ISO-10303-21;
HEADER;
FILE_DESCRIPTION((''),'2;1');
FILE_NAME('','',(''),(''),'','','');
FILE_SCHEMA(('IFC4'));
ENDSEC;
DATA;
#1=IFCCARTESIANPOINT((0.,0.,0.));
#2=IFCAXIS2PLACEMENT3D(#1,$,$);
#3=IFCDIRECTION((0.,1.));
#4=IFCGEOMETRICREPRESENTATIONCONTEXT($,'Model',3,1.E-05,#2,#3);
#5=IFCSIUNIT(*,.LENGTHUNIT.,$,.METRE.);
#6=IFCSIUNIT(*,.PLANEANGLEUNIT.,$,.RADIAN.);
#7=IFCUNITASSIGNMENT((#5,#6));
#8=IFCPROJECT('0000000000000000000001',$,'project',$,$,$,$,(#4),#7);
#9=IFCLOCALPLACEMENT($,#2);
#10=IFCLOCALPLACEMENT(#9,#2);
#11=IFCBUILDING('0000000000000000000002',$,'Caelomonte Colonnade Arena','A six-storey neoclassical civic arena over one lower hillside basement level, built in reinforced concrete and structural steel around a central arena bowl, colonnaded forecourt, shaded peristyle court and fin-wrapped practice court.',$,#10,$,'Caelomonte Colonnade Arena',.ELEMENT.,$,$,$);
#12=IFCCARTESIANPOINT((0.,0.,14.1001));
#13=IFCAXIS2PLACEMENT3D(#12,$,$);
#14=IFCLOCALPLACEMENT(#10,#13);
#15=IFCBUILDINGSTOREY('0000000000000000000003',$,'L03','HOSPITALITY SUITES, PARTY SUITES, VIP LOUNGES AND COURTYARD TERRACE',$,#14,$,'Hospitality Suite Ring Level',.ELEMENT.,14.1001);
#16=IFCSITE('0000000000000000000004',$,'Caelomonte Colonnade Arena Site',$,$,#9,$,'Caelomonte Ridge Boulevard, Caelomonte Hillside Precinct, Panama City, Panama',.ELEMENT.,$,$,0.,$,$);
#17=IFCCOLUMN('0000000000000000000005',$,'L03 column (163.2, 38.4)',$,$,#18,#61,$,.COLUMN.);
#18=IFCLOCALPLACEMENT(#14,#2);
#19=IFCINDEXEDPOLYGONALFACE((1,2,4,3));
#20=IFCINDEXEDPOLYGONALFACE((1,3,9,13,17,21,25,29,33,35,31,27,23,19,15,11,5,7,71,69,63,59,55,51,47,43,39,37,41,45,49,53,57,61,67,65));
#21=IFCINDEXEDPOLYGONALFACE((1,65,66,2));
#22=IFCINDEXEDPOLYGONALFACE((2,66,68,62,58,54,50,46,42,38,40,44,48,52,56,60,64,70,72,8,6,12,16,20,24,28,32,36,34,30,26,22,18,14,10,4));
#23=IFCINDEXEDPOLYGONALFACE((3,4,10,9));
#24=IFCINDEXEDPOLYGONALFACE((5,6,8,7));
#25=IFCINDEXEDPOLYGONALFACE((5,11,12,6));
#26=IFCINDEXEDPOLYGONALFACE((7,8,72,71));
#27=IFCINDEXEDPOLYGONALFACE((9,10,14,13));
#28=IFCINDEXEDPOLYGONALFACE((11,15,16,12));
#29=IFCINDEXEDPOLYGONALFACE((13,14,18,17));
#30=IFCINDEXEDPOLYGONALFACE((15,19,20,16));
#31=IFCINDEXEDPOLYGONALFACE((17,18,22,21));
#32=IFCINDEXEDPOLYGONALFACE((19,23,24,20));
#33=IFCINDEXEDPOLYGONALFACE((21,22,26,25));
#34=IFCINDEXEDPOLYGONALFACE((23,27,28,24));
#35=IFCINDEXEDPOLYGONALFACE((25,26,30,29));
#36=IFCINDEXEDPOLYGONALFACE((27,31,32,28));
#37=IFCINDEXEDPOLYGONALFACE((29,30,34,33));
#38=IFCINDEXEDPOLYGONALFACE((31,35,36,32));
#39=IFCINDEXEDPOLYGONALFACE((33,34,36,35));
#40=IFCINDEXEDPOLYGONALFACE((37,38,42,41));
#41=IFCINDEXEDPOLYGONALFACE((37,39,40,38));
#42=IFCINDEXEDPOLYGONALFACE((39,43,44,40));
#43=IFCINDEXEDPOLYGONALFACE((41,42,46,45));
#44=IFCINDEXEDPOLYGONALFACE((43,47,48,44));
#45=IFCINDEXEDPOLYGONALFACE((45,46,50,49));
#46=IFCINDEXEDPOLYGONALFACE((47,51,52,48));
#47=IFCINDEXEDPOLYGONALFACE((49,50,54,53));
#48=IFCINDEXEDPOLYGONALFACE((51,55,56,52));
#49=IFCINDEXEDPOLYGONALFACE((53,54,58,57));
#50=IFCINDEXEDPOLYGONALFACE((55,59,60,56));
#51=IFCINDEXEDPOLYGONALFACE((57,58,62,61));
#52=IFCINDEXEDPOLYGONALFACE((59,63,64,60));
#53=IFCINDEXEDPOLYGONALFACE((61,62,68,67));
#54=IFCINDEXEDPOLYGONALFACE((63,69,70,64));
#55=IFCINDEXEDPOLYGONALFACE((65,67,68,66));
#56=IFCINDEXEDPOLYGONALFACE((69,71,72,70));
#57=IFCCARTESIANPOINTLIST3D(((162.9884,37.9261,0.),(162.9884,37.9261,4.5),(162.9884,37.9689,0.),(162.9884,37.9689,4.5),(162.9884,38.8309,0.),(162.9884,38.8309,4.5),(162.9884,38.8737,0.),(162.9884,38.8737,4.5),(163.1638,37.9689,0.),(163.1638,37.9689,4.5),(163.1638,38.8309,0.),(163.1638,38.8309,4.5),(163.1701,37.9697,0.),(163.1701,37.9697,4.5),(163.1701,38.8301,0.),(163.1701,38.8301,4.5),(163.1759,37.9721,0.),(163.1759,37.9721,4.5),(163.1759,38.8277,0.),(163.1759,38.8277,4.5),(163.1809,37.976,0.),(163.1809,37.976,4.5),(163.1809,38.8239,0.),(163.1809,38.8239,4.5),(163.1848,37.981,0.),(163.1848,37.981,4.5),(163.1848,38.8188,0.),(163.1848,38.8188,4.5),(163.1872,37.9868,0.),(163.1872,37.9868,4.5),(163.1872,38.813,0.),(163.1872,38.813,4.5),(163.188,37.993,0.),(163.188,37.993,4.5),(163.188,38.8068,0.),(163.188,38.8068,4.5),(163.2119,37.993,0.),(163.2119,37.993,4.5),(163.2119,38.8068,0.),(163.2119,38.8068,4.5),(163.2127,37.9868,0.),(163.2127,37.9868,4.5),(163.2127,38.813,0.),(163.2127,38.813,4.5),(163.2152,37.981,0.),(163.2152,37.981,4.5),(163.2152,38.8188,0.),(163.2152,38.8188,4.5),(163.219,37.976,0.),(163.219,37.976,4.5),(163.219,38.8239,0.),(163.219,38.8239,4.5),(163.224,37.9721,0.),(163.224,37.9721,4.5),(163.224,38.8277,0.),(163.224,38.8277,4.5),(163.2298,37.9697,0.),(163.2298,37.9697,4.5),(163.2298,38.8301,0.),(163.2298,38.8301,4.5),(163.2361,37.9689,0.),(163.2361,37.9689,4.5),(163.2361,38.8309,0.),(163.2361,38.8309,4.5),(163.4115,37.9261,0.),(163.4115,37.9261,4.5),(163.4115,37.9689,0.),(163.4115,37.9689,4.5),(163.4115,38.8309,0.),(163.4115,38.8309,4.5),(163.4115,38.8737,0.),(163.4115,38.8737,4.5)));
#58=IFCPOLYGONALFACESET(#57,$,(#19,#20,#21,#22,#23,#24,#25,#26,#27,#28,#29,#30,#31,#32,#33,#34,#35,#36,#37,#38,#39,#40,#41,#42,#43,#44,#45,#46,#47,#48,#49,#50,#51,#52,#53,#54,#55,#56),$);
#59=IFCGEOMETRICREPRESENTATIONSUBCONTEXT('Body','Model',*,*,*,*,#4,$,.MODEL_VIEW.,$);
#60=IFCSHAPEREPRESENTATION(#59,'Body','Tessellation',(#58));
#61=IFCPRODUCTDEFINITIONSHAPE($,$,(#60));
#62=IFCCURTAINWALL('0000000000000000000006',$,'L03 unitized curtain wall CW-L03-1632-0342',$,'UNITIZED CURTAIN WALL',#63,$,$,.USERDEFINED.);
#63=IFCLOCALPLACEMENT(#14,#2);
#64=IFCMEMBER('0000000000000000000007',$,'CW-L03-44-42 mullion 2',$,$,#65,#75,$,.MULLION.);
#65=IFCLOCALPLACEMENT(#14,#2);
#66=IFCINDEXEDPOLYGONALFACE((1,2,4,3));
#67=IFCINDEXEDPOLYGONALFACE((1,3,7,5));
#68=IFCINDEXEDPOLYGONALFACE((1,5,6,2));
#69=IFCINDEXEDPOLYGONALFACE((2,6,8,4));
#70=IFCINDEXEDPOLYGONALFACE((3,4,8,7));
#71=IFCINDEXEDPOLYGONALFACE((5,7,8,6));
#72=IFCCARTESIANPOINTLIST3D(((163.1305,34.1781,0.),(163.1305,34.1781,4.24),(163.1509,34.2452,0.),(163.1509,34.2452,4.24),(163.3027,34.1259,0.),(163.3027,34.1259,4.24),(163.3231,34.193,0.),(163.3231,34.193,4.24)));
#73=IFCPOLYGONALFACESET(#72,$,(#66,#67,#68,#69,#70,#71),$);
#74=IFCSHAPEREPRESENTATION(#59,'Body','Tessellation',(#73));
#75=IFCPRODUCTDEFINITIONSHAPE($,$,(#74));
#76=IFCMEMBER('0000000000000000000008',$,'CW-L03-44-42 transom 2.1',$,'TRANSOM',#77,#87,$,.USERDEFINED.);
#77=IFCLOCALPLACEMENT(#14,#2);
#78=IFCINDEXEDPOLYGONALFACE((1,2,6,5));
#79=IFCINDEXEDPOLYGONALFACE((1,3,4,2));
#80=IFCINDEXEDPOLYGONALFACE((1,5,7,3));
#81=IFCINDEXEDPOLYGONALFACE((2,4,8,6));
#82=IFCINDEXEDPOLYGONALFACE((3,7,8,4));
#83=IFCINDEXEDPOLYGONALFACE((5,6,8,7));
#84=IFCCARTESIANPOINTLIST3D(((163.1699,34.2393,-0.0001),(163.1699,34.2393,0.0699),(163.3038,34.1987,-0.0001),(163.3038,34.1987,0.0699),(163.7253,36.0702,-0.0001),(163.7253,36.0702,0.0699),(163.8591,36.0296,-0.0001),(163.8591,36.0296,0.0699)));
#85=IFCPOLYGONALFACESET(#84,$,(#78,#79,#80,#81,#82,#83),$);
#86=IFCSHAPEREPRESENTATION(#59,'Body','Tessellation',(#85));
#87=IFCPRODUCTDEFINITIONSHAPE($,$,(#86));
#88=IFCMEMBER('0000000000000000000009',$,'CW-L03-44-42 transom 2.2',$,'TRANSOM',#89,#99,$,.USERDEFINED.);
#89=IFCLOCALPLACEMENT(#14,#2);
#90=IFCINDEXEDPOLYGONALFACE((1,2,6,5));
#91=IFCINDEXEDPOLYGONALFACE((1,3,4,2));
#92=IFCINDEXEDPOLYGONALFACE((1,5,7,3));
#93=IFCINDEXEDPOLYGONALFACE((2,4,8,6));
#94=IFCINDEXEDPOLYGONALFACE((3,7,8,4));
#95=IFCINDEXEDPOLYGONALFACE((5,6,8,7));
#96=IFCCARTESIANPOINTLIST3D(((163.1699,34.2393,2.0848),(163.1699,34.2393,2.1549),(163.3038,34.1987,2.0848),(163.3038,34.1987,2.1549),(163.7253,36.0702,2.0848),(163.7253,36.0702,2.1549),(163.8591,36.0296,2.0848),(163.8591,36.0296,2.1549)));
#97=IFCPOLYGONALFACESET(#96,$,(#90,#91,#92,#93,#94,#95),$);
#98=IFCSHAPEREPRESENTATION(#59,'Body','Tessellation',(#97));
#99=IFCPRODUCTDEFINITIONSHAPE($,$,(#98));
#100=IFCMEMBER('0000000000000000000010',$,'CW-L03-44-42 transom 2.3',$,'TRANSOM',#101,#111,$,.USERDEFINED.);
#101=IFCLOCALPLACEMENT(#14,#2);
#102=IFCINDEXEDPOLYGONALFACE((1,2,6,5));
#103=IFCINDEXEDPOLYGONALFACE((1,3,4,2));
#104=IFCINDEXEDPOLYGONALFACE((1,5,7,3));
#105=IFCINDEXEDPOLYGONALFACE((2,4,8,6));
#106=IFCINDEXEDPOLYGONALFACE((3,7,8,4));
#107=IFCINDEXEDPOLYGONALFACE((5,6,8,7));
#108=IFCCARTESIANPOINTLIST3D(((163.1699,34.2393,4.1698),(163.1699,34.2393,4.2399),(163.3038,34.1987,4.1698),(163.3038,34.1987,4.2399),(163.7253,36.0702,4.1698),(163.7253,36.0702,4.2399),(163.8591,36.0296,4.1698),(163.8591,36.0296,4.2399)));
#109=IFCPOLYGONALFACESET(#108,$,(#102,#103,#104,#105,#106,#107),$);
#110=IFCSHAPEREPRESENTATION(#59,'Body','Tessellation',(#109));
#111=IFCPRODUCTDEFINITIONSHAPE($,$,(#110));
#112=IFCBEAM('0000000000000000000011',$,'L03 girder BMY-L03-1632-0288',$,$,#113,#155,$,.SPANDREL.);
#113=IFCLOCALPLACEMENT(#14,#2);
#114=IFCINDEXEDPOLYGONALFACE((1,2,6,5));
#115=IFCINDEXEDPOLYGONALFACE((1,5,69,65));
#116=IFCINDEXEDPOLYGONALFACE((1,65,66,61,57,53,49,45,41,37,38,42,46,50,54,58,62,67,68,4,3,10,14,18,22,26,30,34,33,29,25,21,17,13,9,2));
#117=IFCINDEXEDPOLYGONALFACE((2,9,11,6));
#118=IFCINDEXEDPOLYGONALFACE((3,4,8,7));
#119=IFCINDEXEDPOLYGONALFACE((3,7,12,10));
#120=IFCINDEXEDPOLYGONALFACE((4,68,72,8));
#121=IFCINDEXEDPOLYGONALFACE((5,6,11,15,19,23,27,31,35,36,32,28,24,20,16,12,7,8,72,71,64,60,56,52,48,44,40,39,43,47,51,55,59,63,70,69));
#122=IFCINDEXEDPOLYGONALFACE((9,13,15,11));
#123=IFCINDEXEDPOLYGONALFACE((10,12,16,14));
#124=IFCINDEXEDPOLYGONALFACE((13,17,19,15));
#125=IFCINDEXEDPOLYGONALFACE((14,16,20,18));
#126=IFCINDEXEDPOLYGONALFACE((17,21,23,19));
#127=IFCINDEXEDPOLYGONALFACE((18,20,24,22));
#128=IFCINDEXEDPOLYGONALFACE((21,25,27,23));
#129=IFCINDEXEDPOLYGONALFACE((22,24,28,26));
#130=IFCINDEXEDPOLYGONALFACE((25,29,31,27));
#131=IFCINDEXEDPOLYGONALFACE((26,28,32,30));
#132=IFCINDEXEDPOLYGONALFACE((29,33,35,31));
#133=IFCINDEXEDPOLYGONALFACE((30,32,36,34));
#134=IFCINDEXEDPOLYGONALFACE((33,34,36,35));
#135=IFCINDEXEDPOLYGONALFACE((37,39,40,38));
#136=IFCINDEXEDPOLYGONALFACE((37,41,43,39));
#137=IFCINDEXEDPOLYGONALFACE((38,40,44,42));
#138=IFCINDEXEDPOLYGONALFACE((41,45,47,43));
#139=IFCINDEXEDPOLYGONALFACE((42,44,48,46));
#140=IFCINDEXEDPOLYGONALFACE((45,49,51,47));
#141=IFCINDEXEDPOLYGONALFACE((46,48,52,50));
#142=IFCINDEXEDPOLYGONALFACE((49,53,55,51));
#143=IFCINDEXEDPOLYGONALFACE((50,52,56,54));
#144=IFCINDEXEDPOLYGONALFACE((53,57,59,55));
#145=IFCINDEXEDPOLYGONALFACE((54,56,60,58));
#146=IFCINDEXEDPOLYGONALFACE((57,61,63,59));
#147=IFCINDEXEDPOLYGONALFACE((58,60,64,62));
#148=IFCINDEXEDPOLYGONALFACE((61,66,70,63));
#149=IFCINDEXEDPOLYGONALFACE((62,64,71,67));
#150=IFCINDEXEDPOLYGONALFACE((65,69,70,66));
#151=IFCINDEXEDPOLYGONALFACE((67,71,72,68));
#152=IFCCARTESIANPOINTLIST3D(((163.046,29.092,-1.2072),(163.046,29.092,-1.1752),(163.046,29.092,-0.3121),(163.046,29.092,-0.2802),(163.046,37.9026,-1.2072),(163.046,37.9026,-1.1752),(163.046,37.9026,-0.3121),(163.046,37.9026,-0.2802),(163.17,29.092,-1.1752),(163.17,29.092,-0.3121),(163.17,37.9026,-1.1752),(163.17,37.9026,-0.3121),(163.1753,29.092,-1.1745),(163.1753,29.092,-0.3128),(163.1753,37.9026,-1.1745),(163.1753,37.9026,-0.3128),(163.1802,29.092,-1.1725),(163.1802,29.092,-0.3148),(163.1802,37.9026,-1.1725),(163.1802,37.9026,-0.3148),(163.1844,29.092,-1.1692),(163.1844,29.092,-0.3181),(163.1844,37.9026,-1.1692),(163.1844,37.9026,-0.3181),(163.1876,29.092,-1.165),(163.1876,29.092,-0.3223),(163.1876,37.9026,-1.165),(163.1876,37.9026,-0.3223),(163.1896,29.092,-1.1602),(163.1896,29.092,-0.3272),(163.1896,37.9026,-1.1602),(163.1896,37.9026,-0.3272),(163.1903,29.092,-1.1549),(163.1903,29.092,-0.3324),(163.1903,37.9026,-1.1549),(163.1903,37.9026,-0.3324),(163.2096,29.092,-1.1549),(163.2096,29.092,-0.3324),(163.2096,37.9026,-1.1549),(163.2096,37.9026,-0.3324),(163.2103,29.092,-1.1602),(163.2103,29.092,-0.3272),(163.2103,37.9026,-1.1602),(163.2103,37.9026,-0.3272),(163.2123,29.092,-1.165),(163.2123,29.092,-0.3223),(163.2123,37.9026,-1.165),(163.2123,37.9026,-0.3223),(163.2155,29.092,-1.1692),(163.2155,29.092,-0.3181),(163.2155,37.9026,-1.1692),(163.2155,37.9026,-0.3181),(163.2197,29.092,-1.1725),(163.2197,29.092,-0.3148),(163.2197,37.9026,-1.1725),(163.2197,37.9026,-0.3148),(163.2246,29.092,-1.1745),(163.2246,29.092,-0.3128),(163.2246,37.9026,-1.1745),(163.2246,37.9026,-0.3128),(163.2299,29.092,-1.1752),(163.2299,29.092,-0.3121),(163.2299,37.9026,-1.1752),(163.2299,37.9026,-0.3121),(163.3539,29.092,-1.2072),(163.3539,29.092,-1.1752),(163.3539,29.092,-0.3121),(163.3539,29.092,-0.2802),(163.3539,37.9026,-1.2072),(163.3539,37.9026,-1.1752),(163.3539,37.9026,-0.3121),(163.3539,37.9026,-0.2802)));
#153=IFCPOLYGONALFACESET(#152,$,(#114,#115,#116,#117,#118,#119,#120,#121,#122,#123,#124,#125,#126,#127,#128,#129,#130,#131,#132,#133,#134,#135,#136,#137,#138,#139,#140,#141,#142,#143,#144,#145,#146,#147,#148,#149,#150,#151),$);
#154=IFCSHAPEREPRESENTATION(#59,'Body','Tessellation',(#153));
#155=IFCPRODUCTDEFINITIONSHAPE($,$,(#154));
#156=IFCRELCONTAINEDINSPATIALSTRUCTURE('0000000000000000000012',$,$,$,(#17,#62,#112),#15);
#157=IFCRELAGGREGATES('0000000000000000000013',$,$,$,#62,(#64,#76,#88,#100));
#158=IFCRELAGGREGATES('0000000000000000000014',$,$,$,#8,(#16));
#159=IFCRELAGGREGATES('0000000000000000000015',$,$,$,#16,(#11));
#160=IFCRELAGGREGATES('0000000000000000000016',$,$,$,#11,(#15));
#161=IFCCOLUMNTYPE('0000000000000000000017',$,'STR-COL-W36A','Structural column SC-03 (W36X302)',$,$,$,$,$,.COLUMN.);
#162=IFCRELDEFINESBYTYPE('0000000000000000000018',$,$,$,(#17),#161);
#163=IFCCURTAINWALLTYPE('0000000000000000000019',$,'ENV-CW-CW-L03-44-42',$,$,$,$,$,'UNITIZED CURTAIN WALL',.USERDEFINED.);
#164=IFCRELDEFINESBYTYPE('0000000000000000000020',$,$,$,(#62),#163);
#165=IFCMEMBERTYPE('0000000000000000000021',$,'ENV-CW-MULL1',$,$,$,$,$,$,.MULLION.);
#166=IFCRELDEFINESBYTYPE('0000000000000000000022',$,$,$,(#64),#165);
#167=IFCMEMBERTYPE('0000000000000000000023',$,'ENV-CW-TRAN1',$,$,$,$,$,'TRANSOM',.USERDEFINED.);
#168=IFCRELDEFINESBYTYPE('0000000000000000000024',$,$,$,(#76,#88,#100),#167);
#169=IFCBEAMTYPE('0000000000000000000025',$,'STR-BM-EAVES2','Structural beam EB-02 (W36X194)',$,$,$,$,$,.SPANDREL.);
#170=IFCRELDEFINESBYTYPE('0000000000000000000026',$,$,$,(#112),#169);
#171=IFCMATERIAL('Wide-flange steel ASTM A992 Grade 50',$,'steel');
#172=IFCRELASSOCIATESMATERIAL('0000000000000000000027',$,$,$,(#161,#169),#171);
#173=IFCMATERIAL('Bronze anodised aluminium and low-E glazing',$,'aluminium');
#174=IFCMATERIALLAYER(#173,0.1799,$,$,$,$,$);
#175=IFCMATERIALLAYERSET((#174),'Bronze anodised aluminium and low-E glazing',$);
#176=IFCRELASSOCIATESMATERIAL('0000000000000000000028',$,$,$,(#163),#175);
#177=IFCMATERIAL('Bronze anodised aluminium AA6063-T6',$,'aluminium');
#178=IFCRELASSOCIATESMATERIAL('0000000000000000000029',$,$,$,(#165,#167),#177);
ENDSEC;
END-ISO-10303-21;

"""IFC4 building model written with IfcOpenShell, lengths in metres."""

from ifc_helpers import new_model, si_unit, direction, frame, origin, origin_2d, place, context, subcontext, project, spatial, rectangle, i_section, extrude, material, layer, layer_set, material_profile, profile_set, type_object, element, aggregate, save


model = new_model("IFC4")

# Units and contexts
model_context = context("Model", 3, precision=1e-05, world=origin(), true_north=direction((0.0, 1.0)))
body_context = subcontext(model_context, "Body", "Model", "MODEL_VIEW")
ifc_project = project(units=[si_unit("LENGTHUNIT", "METRE"), si_unit("PLANEANGLEUNIT", "RADIAN")], contexts=[model_context])

# Site, building, storey
site_placement = place(None, origin())
site = spatial("IfcSite", under=ifc_project, at=site_placement, Name="Caelomonte Colonnade Arena Site", LongName="Caelomonte Ridge Boulevard, Caelomonte Hillside Precinct, Panama City, Panama", CompositionType="ELEMENT", RefElevation=0.0)
building_placement = place(site_placement, origin())
building = spatial("IfcBuilding", under=site, at=building_placement, Name="Caelomonte Colonnade Arena", Description="A six-storey neoclassical civic arena over one lower hillside basement level, built in reinforced concrete and structural steel around a central arena bowl, colonnaded forecourt, shaded peristyle court and fin-wrapped practice court.", LongName="Caelomonte Colonnade Arena", CompositionType="ELEMENT")
storey_placement = place(building_placement, frame((0.0, 0.0, 14.1001)))
storey = spatial("IfcBuildingStorey", under=building, at=storey_placement, Name="L03", Description="HOSPITALITY SUITES, PARTY SUITES, VIP LOUNGES AND COURTYARD TERRACE", LongName="Hospitality Suite Ring Level", CompositionType="ELEMENT", Elevation=14.1001)

# Column
ifc_material_1 = material(Name="Wide-flange steel ASTM A992 Grade 50", Category="steel")
ifc_material_profile_1 = material_profile(ifc_material_1, i_section(OverallWidth=0.4231, OverallDepth=0.9475, WebThickness=0.0239, FlangeThickness=0.0427, FilletRadius=0.0242, at=origin_2d()), Name="W36X302")
ifc_profile_set_1 = profile_set([ifc_material_profile_1], Name="Wide-flange steel ASTM A992 Grade 50")
column_type = type_object("IfcColumnType", Name="STR-COL-W36A", Description="Structural column SC-03 (W36X302)", PredefinedType="COLUMN", material=ifc_profile_set_1)
column_placement = place(storey_placement, frame((163.2, 38.3999, 0.0), z_axis=(0.0, 0.0, 1.0), x_axis=(1.0, 0.0, 0.0)))
element("IfcColumn", 1, at=column_placement, inside=storey, type_object=column_type, Name="L03 column (163.2, 38.4)", PredefinedType="COLUMN", context=body_context, shape_type="SweptSolid", body=[
    extrude(i_section(OverallWidth=0.4231, OverallDepth=0.9475, WebThickness=0.0239, FlangeThickness=0.0427, FilletRadius=0.0242, at=origin_2d()), origin(), (0.0, 0.0, 1.0), 4.5),
])

# Curtain wall, members
ifc_material_2 = material(Name="Bronze anodised aluminium and low-E glazing", Category="aluminium")
ifc_layer_1 = layer(ifc_material_2, 0.1799)
ifc_layer_set_1 = layer_set([ifc_layer_1], Name="Bronze anodised aluminium and low-E glazing")
curtain_wall_type = type_object("IfcCurtainWallType", Name="ENV-CW-CW-L03-44-42", ElementType="UNITIZED CURTAIN WALL", PredefinedType="USERDEFINED", material=ifc_layer_set_1)
curtain_wall_placement = place(storey_placement, origin())
curtain_wall = element("IfcCurtainWall", 2, at=curtain_wall_placement, inside=storey, type_object=curtain_wall_type, Name="L03 unitized curtain wall CW-L03-1632-0342", ObjectType="UNITIZED CURTAIN WALL", PredefinedType="USERDEFINED")
ifc_material_3 = material(Name="Bronze anodised aluminium AA6063-T6", Category="aluminium")
ifc_material_profile_2 = material_profile(ifc_material_3, rectangle(XDim=0.0701, YDim=0.1799, at=origin_2d()), Name="CWM-70X180")
ifc_profile_set_2 = profile_set([ifc_material_profile_2], Name="Bronze anodised aluminium AA6063-T6")
member_type_1 = type_object("IfcMemberType", Name="ENV-CW-MULL1", PredefinedType="MULLION", material=ifc_profile_set_2)
member_1_placement = place(storey_placement, frame((163.2268, 34.1855, 0.0), z_axis=(0.0, 0.0, 1.0), x_axis=(0.290256, 0.956949, 0.0)))
member_1 = element("IfcMember", 3, at=member_1_placement, type_object=member_type_1, Name="CW-L03-44-42 mullion 2", PredefinedType="MULLION", context=body_context, shape_type="SweptSolid", body=[
    extrude(rectangle(XDim=0.0701, YDim=0.1799, at=origin_2d()), origin(), (0.0, 0.0, 1.0), 4.24),
])
ifc_material_profile_3 = material_profile(ifc_material_3, rectangle(XDim=0.0701, YDim=0.1399, at=origin_2d()), Name="CWT-70X140")
ifc_profile_set_3 = profile_set([ifc_material_profile_3], Name="Bronze anodised aluminium AA6063-T6")
member_type_2 = type_object("IfcMemberType", Name="ENV-CW-TRAN1", ElementType="TRANSOM", PredefinedType="USERDEFINED", material=ifc_profile_set_3)
member_2_placement = place(storey_placement, frame((163.2368, 34.219, 0.0349), z_axis=(0.290273, 0.956944, 0.0), x_axis=(0.0, 0.0, 1.0)))
member_2 = element("IfcMember", 4, at=member_2_placement, type_object=member_type_2, Name="CW-L03-44-42 transom 2.1", ObjectType="TRANSOM", PredefinedType="USERDEFINED", context=body_context, shape_type="SweptSolid", body=[
    extrude(rectangle(XDim=0.0701, YDim=0.1399, at=origin_2d()), origin(), (0.0, 0.0, 1.0), 1.9133),
])
member_3_placement = place(storey_placement, frame((163.2368, 34.219, 2.1199), z_axis=(0.290273, 0.956944, 0.0), x_axis=(0.0, 0.0, 1.0)))
member_3 = element("IfcMember", 5, at=member_3_placement, type_object=member_type_2, Name="CW-L03-44-42 transom 2.2", ObjectType="TRANSOM", PredefinedType="USERDEFINED", context=body_context, shape_type="SweptSolid", body=[
    extrude(rectangle(XDim=0.0701, YDim=0.1399, at=origin_2d()), origin(), (0.0, 0.0, 1.0), 1.9133),
])
member_4_placement = place(storey_placement, frame((163.2368, 34.219, 4.2048), z_axis=(0.290273, 0.956944, 0.0), x_axis=(0.0, 0.0, 1.0)))
member_4 = element("IfcMember", 6, at=member_4_placement, type_object=member_type_2, Name="CW-L03-44-42 transom 2.3", ObjectType="TRANSOM", PredefinedType="USERDEFINED", context=body_context, shape_type="SweptSolid", body=[
    extrude(rectangle(XDim=0.0701, YDim=0.1399, at=origin_2d()), origin(), (0.0, 0.0, 1.0), 1.9133),
])

# Beam
ifc_material_profile_4 = material_profile(ifc_material_1, i_section(OverallWidth=0.3079, OverallDepth=0.927, WebThickness=0.0193, FlangeThickness=0.032, FilletRadius=0.0203, at=origin_2d()), Name="W36X194")
ifc_profile_set_4 = profile_set([ifc_material_profile_4], Name="Wide-flange steel ASTM A992 Grade 50")
beam_type_1 = type_object("IfcBeamType", Name="STR-BM-EAVES2", Description="Structural beam EB-02 (W36X194)", PredefinedType="SPANDREL", material=ifc_profile_set_4)
beam_1_placement = place(storey_placement, frame((163.2, 29.092, -0.7437), z_axis=(0.0, 1.0, 0.0), x_axis=(-1.0, 0.0, 0.0)))
element("IfcBeam", 7, at=beam_1_placement, inside=storey, type_object=beam_type_1, Name="L03 girder BMY-L03-1632-0288", PredefinedType="SPANDREL", context=body_context, shape_type="SweptSolid", body=[
    extrude(i_section(OverallWidth=0.3079, OverallDepth=0.927, WebThickness=0.0193, FlangeThickness=0.032, FilletRadius=0.0203, at=origin_2d()), origin(), (0.0, 0.0, 1.0), 8.8105),
])

aggregate(curtain_wall, [member_1, member_2, member_3, member_4])

save(model, "model.ifc")
